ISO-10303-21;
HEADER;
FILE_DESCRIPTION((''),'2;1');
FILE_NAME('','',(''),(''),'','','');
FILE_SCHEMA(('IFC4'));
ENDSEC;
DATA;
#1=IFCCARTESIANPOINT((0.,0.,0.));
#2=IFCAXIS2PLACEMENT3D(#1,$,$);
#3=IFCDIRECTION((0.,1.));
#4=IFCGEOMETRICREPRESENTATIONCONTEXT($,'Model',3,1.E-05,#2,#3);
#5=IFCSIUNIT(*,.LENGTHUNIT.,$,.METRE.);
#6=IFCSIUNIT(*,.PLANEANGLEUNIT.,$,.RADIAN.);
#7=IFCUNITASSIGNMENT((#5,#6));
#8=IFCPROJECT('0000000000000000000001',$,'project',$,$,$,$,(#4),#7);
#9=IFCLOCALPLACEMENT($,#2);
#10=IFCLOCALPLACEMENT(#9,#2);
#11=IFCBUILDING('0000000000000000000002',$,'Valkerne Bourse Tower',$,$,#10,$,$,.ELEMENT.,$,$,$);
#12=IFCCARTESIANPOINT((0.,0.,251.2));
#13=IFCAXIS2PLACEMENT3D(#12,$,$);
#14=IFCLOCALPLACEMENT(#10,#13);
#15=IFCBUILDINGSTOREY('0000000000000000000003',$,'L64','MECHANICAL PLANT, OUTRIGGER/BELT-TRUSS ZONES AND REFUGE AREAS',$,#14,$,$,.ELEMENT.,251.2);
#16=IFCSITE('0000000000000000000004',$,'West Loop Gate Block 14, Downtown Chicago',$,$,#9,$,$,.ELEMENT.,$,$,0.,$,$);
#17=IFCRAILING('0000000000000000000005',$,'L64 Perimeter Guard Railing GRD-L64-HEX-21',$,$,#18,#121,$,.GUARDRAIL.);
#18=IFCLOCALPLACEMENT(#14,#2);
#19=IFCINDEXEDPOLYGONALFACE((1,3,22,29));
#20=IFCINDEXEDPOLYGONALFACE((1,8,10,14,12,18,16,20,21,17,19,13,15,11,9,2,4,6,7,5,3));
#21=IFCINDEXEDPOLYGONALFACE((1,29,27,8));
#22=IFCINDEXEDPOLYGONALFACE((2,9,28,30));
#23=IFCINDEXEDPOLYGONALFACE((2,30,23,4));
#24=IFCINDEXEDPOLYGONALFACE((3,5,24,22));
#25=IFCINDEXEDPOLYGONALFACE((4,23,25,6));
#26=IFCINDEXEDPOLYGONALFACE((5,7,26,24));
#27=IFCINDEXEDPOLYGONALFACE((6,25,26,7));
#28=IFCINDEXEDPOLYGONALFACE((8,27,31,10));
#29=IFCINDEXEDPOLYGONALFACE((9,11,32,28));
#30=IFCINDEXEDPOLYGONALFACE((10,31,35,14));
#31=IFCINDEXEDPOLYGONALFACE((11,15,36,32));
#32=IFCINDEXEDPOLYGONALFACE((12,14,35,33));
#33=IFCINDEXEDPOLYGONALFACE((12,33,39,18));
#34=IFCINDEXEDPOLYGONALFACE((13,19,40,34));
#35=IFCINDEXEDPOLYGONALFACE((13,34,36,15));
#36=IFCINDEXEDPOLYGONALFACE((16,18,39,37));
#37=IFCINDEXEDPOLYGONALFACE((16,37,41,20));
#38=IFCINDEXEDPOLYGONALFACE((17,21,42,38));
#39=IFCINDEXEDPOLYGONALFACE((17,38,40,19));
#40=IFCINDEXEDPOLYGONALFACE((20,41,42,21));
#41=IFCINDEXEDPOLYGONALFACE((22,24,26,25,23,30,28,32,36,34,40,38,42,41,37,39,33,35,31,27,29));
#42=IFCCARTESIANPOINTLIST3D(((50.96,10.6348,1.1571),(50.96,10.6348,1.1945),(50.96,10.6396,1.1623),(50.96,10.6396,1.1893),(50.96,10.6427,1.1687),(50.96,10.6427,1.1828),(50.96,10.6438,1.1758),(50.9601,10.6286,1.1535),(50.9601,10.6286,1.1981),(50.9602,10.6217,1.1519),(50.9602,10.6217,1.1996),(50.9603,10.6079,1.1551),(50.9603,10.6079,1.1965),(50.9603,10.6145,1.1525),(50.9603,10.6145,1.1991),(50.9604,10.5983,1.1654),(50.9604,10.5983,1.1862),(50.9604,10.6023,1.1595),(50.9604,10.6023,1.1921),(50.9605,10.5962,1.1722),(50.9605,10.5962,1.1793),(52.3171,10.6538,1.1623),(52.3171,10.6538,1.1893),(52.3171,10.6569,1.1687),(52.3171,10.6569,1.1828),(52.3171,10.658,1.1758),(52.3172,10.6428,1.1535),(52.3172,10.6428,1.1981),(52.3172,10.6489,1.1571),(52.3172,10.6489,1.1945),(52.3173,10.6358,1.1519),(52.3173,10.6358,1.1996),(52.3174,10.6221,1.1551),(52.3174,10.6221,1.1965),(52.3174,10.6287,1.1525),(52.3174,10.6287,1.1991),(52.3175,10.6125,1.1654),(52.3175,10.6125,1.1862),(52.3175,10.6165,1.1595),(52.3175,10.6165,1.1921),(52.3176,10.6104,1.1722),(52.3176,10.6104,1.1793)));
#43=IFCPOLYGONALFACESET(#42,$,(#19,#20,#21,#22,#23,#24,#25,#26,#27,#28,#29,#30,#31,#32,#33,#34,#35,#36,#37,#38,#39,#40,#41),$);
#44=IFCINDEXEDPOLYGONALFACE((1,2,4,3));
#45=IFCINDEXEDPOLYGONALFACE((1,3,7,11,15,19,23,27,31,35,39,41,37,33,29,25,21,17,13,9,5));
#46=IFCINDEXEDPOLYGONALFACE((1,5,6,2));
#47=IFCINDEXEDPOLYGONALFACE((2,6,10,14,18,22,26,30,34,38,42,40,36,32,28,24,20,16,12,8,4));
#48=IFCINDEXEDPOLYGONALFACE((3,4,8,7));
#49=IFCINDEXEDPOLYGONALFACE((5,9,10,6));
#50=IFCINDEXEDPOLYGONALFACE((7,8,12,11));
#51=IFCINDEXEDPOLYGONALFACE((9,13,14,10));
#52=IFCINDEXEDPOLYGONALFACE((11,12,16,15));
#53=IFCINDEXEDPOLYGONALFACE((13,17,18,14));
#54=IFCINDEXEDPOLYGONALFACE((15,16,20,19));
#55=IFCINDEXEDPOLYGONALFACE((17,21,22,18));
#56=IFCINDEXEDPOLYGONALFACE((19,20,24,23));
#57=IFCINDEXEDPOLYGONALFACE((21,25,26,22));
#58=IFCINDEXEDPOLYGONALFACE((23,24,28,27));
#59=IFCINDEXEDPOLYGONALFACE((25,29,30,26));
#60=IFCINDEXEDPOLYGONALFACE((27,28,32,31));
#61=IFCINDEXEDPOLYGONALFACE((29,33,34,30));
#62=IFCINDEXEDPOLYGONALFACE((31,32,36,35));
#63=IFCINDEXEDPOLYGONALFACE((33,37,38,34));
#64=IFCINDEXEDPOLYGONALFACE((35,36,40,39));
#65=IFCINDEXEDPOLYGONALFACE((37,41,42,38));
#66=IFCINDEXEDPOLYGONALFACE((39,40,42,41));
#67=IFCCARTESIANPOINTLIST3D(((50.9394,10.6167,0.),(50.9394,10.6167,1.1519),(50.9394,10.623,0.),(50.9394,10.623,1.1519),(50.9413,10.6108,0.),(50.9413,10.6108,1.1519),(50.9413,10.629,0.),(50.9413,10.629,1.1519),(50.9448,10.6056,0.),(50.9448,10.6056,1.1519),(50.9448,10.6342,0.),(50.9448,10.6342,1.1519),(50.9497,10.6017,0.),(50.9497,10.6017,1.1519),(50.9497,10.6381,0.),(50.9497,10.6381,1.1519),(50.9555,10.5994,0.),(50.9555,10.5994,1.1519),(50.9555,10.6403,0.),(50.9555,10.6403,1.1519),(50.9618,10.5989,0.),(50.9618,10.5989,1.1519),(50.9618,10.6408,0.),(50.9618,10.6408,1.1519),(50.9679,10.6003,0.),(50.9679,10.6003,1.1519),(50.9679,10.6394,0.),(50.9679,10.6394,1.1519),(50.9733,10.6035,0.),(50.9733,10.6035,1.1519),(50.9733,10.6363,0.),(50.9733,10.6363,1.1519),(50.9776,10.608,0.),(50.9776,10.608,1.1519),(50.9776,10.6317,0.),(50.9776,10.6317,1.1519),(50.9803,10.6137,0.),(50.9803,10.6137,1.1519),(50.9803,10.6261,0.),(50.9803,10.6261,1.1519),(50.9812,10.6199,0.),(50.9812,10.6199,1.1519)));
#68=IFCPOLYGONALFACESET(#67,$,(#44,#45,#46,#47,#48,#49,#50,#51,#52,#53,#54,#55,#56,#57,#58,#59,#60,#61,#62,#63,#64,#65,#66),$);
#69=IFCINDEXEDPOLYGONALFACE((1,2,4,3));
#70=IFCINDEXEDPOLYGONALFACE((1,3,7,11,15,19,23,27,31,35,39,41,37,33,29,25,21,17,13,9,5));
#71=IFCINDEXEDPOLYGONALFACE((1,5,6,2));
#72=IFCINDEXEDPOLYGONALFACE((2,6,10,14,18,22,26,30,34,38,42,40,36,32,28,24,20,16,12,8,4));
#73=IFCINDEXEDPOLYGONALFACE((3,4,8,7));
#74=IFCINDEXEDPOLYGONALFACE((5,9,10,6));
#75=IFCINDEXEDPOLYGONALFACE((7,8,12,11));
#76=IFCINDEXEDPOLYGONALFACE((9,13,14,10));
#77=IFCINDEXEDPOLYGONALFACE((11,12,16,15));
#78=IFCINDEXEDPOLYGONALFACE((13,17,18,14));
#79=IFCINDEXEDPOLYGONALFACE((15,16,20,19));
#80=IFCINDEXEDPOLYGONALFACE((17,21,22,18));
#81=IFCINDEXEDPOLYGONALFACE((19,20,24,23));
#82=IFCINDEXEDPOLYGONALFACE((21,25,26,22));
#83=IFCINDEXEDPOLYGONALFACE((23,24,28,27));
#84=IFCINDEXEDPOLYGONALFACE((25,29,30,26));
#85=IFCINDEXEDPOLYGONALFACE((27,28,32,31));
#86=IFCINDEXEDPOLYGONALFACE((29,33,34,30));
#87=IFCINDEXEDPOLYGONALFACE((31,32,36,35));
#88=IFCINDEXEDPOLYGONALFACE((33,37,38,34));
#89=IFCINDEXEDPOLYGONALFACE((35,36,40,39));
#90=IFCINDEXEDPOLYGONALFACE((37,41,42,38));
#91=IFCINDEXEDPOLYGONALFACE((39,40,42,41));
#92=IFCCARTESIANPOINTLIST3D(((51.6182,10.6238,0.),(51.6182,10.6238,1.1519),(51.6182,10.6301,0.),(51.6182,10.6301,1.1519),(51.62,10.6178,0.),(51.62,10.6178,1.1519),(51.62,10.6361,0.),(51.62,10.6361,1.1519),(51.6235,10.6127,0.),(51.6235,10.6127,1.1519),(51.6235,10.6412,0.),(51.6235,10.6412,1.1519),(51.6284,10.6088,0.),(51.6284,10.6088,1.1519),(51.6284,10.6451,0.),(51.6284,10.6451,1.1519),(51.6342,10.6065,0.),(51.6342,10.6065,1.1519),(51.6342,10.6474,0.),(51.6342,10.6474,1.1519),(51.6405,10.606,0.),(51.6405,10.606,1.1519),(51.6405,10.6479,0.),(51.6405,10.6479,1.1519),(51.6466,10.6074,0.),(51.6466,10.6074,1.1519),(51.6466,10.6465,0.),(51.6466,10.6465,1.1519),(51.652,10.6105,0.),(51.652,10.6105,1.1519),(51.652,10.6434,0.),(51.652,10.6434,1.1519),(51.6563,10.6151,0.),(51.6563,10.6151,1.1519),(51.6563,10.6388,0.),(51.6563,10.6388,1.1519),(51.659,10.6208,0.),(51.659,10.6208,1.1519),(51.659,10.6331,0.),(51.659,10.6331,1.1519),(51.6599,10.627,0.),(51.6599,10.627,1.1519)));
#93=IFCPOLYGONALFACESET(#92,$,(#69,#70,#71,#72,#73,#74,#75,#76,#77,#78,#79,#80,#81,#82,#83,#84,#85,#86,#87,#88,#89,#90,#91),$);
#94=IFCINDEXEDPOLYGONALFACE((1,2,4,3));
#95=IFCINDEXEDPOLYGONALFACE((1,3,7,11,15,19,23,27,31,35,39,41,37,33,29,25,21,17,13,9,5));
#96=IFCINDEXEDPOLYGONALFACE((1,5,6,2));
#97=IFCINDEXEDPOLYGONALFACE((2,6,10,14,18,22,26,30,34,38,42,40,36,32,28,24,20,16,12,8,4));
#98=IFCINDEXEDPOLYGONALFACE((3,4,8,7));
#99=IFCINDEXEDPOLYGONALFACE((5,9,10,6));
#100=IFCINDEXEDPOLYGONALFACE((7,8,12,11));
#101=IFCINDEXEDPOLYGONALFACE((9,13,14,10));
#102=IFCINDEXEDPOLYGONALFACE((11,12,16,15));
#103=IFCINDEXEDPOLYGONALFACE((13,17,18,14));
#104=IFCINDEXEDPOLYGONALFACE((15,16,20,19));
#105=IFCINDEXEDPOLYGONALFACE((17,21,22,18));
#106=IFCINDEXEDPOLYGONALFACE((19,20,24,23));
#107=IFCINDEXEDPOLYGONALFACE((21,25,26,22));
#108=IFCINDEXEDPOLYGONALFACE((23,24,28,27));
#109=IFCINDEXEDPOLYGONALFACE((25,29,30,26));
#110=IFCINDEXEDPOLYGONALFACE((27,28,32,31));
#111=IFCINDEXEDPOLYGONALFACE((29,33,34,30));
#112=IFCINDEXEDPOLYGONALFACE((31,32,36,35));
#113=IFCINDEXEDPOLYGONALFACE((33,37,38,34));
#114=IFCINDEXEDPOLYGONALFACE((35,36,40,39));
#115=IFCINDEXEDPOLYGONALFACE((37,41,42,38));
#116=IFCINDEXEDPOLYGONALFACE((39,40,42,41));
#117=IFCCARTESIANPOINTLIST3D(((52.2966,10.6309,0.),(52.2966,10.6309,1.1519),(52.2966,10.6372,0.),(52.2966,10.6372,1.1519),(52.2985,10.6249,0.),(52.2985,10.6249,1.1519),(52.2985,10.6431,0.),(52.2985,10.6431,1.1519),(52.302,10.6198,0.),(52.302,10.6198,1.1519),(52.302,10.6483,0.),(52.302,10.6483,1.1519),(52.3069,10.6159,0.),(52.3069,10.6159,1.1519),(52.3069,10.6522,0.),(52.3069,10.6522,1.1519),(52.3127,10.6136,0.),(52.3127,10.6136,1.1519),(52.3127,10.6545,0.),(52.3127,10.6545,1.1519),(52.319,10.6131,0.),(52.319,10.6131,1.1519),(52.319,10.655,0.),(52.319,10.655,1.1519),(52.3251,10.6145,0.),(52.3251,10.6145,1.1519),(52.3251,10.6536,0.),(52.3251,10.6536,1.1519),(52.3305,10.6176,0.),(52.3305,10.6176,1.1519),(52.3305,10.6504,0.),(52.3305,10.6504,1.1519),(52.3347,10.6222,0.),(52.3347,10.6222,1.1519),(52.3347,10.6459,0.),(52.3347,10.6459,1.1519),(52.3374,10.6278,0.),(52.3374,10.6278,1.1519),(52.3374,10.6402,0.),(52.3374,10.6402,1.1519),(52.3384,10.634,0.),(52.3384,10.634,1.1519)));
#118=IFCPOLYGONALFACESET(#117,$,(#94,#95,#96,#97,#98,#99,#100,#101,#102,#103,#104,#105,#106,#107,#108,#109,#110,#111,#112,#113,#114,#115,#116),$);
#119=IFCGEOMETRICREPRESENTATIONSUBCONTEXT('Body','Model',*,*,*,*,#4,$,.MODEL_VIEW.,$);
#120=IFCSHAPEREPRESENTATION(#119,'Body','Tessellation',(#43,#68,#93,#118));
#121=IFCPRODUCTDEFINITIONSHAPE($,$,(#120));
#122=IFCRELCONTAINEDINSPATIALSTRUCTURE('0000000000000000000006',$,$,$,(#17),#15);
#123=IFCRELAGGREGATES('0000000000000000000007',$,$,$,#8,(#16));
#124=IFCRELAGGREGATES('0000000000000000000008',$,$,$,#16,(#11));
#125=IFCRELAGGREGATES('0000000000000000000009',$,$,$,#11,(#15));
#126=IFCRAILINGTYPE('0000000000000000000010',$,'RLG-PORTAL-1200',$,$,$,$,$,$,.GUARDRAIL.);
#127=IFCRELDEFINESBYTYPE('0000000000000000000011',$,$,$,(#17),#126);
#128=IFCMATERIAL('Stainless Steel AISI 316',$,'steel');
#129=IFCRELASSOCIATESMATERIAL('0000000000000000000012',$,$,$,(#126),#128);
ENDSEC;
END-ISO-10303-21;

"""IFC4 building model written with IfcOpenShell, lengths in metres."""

from ifc_helpers import new_model, si_unit, direction, frame, origin, origin_2d, place, context, subcontext, project, spatial, circle, extrude, material, type_object, element, save


model = new_model("IFC4")

# Units and contexts
model_context = context("Model", 3, precision=1e-05, world=origin(), true_north=direction((0.0, 1.0)))
body_context = subcontext(model_context, "Body", "Model", "MODEL_VIEW")
ifc_project = project(units=[si_unit("LENGTHUNIT", "METRE"), si_unit("PLANEANGLEUNIT", "RADIAN")], contexts=[model_context])

# Site, building, storey
site_placement = place(None, origin())
site = spatial("IfcSite", under=ifc_project, at=site_placement, Name="West Loop Gate Block 14, Downtown Chicago", CompositionType="ELEMENT", RefElevation=0.0)
building_placement = place(site_placement, origin())
building = spatial("IfcBuilding", under=site, at=building_placement, Name="Valkerne Bourse Tower", CompositionType="ELEMENT")
storey_placement = place(building_placement, frame((0.0, 0.0, 251.2)))
storey = spatial("IfcBuildingStorey", under=building, at=storey_placement, Name="L64", Description="MECHANICAL PLANT, OUTRIGGER/BELT-TRUSS ZONES AND REFUGE AREAS", CompositionType="ELEMENT", Elevation=251.2)

# Railing
ifc_material_1 = material(Name="Stainless Steel AISI 316", Category="steel")
railing_type_1 = type_object("IfcRailingType", Name="RLG-PORTAL-1200", PredefinedType="GUARDRAIL", material=ifc_material_1)
railing_1_placement = place(storey_placement, frame((50.9602, 10.6199, 0.0)))
element("IfcRailing", 1, at=railing_1_placement, inside=storey, type_object=railing_type_1, Name="L64 Perimeter Guard Railing GRD-L64-HEX-21", PredefinedType="GUARDRAIL", context=body_context, shape_type="SweptSolid", body=[
    extrude(circle(Radius=0.0239, at=origin_2d()), frame((0.0, 0.0, 1.1758), z_axis=(0.999946, 0.010433, 0.0), x_axis=(-0.010433, 0.999946, 0.0)), (0.0, 0.0, 1.0), 1.3572),
    extrude(circle(Radius=0.021, at=origin_2d()), origin(), (0.0, 0.0, 1.0), 1.1519),
    extrude(circle(Radius=0.021, at=origin_2d()), frame((0.6787, 0.0071, 0.0)), (0.0, 0.0, 1.0), 1.1519),
    extrude(circle(Radius=0.021, at=origin_2d()), frame((1.3572, 0.0142, 0.0)), (0.0, 0.0, 1.0), 1.1519),
])

save(model, "model.ifc")
